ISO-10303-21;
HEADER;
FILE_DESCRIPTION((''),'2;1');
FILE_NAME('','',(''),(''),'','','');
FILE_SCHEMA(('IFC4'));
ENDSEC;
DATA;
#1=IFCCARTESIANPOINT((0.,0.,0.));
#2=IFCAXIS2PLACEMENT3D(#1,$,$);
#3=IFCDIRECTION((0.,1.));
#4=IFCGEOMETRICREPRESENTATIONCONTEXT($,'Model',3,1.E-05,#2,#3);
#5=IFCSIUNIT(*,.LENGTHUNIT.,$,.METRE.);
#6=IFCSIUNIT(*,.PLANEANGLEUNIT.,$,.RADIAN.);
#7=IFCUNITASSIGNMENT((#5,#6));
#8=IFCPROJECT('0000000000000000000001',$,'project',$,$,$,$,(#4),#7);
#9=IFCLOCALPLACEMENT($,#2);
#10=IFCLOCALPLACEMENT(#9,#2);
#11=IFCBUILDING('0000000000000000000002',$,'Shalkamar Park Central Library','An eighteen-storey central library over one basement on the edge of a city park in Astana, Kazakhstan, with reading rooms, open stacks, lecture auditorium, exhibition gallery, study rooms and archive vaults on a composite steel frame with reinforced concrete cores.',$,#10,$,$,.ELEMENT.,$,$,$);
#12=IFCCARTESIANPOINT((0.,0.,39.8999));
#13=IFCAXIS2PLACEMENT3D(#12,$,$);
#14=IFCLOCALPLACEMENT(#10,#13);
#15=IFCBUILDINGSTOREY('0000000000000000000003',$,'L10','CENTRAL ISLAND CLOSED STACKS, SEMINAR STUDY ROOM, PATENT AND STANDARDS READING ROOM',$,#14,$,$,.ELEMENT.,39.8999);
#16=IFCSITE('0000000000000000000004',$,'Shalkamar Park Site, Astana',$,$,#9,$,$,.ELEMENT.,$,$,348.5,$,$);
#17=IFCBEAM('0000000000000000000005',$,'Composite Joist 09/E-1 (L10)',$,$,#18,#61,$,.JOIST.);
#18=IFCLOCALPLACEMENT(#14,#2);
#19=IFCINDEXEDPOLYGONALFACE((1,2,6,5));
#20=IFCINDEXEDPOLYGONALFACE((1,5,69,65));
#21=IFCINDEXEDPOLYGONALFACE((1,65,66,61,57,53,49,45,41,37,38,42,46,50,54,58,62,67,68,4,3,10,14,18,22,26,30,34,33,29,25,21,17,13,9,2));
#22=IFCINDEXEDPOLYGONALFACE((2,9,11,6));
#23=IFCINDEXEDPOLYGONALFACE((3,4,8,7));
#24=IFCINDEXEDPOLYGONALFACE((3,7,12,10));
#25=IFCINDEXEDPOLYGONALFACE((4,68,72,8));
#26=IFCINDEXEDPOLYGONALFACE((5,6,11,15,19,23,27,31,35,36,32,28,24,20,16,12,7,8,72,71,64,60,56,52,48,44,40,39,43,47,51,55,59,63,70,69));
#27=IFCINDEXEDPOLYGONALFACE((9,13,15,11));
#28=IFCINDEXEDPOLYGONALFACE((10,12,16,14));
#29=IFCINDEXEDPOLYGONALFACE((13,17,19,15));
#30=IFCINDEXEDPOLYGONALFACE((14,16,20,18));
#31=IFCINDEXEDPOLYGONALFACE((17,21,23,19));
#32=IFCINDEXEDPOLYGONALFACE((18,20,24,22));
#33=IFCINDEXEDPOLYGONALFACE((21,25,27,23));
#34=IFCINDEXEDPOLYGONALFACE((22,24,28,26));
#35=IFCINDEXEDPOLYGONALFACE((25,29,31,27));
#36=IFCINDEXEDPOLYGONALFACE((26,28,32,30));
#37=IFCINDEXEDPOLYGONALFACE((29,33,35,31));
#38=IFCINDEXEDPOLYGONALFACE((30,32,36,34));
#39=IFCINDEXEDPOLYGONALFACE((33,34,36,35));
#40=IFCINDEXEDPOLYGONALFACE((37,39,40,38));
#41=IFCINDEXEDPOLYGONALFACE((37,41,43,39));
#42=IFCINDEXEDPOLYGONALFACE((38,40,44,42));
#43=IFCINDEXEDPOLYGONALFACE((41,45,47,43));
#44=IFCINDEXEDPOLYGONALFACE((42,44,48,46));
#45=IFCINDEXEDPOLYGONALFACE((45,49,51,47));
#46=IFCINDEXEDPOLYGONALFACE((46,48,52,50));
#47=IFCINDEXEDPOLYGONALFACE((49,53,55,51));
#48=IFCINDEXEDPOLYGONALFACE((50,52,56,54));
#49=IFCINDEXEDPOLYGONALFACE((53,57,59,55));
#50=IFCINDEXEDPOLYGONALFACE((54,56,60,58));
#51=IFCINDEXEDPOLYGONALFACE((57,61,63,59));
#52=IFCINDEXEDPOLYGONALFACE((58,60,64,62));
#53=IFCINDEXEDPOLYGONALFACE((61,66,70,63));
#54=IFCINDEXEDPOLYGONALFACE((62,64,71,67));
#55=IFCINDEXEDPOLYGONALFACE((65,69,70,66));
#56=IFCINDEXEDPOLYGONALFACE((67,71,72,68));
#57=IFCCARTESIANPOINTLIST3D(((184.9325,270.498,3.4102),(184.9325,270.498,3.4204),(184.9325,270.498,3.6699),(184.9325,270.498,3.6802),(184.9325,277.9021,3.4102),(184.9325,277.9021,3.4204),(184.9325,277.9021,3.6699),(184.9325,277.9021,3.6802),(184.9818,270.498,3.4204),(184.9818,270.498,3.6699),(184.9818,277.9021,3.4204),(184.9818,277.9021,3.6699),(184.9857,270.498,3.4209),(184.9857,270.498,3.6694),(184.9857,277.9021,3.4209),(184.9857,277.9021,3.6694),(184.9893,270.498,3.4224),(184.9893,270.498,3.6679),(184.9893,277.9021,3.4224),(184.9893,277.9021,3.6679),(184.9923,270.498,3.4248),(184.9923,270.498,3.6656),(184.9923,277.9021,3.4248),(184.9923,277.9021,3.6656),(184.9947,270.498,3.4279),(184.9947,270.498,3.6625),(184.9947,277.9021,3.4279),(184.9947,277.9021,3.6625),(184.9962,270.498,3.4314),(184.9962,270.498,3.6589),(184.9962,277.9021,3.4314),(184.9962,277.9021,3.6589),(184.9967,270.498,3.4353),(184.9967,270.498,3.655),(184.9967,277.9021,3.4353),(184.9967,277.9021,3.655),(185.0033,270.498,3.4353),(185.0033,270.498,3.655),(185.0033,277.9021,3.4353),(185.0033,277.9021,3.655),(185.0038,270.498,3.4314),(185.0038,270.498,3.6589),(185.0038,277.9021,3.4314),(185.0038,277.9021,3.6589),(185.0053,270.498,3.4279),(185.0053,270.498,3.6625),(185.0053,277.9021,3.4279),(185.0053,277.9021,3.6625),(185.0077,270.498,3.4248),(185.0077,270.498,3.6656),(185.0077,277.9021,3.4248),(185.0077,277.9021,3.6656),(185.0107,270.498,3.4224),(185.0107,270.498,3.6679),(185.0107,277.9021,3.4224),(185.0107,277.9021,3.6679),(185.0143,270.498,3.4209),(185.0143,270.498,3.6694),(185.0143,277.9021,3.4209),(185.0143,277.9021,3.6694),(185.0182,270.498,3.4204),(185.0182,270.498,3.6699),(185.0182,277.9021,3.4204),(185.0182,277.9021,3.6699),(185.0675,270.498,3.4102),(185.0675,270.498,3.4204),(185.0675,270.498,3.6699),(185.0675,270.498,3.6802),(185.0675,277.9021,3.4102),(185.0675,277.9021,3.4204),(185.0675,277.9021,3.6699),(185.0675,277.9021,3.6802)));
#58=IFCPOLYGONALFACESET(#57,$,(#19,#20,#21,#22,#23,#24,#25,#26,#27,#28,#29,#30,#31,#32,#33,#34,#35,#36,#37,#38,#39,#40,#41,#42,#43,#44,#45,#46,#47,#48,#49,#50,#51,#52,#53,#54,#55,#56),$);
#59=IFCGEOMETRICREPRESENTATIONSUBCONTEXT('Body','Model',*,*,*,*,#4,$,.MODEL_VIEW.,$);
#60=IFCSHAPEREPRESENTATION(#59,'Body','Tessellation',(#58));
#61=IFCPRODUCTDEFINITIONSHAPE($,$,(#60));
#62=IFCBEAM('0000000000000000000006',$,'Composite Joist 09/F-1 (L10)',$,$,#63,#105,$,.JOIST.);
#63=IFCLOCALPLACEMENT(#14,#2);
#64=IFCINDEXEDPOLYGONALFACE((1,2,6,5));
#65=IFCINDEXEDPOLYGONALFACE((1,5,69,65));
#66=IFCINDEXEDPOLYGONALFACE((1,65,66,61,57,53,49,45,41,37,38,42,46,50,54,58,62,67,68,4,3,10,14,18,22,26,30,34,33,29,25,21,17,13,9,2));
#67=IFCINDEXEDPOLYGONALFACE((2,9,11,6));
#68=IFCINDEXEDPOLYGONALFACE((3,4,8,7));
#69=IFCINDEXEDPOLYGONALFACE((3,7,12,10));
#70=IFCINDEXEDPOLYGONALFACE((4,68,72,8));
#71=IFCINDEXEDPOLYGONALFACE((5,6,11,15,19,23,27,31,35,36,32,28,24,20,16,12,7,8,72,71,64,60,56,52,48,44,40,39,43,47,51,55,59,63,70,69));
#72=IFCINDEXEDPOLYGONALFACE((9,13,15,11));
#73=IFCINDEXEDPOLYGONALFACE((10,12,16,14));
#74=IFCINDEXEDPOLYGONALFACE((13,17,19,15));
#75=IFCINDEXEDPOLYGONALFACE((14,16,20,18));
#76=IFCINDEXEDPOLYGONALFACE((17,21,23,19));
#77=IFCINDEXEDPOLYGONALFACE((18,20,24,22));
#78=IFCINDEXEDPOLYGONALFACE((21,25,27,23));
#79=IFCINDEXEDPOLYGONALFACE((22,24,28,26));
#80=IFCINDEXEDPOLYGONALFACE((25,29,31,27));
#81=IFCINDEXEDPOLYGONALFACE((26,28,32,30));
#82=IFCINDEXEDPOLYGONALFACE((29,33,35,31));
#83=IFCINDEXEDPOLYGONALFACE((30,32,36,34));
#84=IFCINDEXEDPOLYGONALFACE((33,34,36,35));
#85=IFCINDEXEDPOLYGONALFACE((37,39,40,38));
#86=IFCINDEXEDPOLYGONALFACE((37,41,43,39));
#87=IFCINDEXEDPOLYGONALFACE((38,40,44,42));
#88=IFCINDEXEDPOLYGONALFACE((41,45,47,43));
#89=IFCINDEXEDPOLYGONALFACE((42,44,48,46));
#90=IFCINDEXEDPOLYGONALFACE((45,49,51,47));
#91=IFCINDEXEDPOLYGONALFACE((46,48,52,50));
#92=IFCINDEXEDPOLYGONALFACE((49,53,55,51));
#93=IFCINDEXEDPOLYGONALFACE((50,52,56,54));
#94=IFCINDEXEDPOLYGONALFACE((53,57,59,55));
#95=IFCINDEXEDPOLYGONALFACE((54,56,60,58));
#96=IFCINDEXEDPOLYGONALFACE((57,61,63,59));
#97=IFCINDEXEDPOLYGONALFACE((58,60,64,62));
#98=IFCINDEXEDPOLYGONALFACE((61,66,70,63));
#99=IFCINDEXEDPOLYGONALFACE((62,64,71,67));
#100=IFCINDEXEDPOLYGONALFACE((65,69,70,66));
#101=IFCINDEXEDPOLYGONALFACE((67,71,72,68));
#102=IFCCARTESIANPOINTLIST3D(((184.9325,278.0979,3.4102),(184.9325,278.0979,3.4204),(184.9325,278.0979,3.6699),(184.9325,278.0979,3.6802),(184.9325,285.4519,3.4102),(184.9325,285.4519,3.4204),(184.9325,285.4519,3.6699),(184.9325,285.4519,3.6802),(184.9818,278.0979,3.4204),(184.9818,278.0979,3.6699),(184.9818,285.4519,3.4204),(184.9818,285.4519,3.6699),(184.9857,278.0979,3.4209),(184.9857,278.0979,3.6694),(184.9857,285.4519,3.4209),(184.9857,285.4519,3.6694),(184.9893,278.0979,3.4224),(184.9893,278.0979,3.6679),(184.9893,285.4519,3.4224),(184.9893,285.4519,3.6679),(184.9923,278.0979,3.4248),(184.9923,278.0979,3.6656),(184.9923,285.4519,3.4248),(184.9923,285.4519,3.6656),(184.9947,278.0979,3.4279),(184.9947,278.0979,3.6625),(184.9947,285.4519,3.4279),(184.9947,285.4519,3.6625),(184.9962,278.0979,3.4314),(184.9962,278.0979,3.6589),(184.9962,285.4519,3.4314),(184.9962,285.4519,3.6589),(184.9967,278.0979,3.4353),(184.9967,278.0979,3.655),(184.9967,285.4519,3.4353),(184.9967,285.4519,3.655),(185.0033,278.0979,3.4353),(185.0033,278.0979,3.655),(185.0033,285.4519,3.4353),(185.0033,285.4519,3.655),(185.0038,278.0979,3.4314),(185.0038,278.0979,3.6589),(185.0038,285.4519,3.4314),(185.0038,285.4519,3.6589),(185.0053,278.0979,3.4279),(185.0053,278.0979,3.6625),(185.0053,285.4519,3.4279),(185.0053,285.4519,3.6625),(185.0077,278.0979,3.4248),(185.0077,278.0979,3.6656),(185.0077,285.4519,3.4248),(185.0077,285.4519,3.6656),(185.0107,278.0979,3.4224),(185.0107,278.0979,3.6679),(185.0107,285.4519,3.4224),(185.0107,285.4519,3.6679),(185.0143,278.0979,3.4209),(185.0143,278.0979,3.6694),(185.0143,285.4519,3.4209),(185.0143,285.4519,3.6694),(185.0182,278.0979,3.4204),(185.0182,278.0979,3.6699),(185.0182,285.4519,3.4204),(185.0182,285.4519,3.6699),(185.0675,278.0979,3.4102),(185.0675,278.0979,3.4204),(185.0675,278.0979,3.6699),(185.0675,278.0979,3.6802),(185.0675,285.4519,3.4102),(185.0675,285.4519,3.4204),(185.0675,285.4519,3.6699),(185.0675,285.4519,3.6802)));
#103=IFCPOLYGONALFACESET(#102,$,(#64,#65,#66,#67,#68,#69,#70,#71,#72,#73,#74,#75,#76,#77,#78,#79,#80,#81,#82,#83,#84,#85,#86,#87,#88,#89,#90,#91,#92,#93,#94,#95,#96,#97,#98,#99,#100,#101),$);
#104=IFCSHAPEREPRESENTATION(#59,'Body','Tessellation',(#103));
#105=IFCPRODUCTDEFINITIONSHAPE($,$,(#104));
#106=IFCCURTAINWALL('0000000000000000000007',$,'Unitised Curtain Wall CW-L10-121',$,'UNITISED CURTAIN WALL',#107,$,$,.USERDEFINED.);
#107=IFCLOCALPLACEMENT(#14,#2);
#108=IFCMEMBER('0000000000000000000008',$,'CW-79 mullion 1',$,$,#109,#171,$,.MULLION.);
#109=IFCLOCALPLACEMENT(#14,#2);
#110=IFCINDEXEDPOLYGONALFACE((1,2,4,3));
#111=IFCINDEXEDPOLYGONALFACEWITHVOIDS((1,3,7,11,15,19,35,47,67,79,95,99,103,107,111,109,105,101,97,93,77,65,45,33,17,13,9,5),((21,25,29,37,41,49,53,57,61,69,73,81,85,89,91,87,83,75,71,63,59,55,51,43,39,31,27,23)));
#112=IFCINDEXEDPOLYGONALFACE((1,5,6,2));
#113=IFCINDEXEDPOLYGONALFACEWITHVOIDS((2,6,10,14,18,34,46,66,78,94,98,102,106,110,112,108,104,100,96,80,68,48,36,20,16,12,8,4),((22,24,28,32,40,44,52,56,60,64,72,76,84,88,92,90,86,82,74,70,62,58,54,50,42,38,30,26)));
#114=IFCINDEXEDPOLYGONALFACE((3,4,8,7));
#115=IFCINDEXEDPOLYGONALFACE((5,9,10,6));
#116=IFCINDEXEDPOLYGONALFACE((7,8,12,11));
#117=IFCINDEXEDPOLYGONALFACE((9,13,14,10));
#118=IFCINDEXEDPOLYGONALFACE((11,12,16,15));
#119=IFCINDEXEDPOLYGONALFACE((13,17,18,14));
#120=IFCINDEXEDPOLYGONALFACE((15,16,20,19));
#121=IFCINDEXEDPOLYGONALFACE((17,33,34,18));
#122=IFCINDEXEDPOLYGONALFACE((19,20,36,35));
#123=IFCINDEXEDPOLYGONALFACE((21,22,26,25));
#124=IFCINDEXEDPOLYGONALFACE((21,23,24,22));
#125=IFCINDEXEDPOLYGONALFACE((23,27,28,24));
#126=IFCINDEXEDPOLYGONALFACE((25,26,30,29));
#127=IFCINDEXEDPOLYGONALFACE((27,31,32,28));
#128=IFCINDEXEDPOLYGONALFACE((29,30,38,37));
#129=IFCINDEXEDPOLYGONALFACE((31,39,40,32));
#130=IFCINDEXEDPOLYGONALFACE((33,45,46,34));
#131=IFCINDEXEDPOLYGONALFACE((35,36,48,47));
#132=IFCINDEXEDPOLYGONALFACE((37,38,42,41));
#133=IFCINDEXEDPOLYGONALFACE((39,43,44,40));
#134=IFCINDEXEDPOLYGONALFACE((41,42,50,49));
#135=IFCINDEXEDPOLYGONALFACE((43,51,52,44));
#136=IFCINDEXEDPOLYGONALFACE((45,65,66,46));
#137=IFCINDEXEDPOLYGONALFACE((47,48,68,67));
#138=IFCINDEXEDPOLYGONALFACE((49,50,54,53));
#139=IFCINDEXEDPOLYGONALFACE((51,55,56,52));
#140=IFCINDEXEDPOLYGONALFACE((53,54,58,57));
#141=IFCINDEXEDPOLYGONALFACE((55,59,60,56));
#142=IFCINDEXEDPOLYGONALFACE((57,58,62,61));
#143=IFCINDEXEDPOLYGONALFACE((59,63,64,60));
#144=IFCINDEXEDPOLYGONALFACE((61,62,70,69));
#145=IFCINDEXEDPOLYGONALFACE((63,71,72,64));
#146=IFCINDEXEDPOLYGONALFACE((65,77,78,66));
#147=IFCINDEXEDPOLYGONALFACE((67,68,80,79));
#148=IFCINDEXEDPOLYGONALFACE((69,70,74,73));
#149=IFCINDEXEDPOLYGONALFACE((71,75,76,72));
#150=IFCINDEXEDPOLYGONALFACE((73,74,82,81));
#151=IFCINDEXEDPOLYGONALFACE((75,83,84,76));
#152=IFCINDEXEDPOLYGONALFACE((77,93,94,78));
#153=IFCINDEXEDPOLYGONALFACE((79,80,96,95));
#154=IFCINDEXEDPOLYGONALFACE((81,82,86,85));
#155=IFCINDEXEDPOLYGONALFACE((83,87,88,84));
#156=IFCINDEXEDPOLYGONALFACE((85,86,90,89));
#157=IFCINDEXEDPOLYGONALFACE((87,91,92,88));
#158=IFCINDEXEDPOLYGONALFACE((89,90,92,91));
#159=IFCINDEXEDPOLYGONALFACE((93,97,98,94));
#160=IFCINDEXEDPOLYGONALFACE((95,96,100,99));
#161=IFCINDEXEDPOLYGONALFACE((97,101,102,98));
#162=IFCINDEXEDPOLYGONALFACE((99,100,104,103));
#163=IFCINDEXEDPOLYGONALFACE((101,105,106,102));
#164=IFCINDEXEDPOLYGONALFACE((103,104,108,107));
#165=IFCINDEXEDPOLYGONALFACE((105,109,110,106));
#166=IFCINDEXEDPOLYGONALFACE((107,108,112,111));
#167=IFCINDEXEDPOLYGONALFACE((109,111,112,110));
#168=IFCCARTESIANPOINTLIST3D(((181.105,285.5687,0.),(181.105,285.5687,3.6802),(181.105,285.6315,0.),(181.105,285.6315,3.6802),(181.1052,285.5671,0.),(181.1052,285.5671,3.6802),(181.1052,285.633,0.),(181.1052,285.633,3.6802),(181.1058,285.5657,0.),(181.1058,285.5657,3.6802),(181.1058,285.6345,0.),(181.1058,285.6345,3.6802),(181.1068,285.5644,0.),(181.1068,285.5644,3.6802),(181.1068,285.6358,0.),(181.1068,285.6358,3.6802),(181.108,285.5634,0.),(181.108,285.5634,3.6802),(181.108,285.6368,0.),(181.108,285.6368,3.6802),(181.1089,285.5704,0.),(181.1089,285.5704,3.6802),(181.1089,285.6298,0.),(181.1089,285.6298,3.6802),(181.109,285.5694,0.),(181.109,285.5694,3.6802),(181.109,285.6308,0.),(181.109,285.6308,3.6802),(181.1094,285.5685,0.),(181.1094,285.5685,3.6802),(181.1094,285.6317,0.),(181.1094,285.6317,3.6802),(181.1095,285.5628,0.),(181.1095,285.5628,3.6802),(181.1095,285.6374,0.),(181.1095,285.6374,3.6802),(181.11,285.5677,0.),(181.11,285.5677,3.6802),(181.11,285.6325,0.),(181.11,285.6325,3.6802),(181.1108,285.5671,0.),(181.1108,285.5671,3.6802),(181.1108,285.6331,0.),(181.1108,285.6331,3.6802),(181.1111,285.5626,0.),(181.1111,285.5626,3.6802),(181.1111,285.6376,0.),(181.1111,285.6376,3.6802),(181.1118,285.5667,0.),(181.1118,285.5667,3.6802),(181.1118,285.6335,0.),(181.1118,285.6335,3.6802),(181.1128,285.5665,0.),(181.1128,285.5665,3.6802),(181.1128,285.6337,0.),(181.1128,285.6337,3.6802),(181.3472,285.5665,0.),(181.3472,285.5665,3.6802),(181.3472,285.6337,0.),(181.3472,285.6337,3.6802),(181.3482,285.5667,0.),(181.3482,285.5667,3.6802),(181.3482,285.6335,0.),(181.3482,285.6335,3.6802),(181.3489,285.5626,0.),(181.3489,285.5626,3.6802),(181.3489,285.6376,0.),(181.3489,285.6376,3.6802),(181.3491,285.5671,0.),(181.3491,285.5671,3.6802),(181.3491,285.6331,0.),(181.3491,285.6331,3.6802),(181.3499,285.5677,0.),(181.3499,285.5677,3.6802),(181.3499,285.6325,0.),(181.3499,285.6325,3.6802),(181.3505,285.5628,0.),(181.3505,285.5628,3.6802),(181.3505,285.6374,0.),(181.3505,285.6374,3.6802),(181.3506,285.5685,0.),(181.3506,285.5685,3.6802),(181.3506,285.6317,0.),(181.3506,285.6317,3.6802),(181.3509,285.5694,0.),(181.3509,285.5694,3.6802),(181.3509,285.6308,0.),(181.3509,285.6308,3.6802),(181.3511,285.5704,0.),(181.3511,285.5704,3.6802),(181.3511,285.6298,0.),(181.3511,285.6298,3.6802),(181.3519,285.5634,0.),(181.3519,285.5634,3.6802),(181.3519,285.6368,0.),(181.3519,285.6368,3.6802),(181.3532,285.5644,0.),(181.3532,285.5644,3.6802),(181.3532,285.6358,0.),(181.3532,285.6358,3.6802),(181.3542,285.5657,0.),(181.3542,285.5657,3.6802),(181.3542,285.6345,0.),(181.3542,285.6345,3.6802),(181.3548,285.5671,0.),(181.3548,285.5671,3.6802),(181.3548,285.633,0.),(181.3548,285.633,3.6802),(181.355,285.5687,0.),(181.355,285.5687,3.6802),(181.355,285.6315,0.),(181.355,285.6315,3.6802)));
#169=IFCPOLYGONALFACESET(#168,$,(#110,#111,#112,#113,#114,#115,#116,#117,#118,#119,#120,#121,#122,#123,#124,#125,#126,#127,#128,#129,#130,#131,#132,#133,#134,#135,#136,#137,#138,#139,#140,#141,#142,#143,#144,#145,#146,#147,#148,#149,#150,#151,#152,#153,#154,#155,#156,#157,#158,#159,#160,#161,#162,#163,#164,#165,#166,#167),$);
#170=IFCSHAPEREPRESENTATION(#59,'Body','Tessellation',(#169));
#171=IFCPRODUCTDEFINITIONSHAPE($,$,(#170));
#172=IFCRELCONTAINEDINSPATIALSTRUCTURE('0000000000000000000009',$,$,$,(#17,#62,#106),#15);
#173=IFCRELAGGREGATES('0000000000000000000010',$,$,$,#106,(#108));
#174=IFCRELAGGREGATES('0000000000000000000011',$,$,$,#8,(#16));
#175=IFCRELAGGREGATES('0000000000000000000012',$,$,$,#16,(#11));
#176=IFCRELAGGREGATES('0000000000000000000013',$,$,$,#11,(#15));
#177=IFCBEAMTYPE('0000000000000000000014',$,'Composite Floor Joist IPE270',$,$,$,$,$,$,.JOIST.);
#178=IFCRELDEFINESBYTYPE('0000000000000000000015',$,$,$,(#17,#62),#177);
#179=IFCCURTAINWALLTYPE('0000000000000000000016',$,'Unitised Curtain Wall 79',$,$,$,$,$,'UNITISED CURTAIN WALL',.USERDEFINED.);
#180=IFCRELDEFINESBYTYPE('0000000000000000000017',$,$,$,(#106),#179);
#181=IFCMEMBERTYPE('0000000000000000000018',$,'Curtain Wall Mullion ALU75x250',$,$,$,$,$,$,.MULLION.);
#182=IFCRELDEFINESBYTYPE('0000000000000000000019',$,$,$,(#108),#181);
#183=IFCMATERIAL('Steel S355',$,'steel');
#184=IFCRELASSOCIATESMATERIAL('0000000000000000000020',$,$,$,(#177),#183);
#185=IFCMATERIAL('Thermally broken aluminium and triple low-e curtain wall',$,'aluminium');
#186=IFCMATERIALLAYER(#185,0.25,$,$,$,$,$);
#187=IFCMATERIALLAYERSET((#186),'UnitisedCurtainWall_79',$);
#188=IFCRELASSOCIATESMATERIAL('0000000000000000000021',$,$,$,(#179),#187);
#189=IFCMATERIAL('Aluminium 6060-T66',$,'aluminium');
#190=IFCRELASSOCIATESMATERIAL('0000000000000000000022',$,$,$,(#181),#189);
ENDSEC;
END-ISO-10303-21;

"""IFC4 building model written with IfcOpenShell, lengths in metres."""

from ifc_helpers import new_model, si_unit, direction, frame, origin, origin_2d, place, context, subcontext, project, spatial, hollow_rectangle, i_section, extrude, material, layer, layer_set, material_profile, profile_set, type_object, element, aggregate, save


model = new_model("IFC4")

# Units and contexts
model_context = context("Model", 3, precision=1e-05, world=origin(), true_north=direction((0.0, 1.0)))
body_context = subcontext(model_context, "Body", "Model", "MODEL_VIEW")
ifc_project = project(units=[si_unit("LENGTHUNIT", "METRE"), si_unit("PLANEANGLEUNIT", "RADIAN")], contexts=[model_context])

# Site, building, storey
site_placement = place(None, origin())
site = spatial("IfcSite", under=ifc_project, at=site_placement, Name="Shalkamar Park Site, Astana", CompositionType="ELEMENT", RefElevation=348.5)
building_placement = place(site_placement, origin())
building = spatial("IfcBuilding", under=site, at=building_placement, Name="Shalkamar Park Central Library", Description="An eighteen-storey central library over one basement on the edge of a city park in Astana, Kazakhstan, with reading rooms, open stacks, lecture auditorium, exhibition gallery, study rooms and archive vaults on a composite steel frame with reinforced concrete cores.", CompositionType="ELEMENT")
storey_placement = place(building_placement, frame((0.0, 0.0, 39.8999)))
storey = spatial("IfcBuildingStorey", under=building, at=storey_placement, Name="L10", Description="CENTRAL ISLAND CLOSED STACKS, SEMINAR STUDY ROOM, PATENT AND STANDARDS READING ROOM", CompositionType="ELEMENT", Elevation=39.8999)

# Shared definitions
ifc_material_1 = material(Name="Steel S355", Category="steel")

# Beams
ifc_material_profile_1 = material_profile(ifc_material_1, i_section(OverallWidth=0.135, OverallDepth=0.27, WebThickness=0.0066, FlangeThickness=0.0103, FilletRadius=0.0149, at=origin_2d()), Name="IPE 270")
ifc_profile_set_1 = profile_set([ifc_material_profile_1], Name="Steel S355")
beam_type_1 = type_object("IfcBeamType", Name="Composite Floor Joist IPE270", PredefinedType="JOIST", material=ifc_profile_set_1)
beam_1_placement = place(storey_placement, frame((185.0, 270.498, 3.5452), z_axis=(0.0, 1.0, 0.0), x_axis=(-1.0, 0.0, 0.0)))
element("IfcBeam", 1, at=beam_1_placement, inside=storey, type_object=beam_type_1, Name="Composite Joist 09/E-1 (L10)", PredefinedType="JOIST", context=body_context, shape_type="SweptSolid", body=[
    extrude(i_section(OverallWidth=0.135, OverallDepth=0.27, WebThickness=0.0066, FlangeThickness=0.0103, FilletRadius=0.0149, at=origin_2d()), origin(), (0.0, 0.0, 1.0), 7.4041),
])
beam_2_placement = place(storey_placement, frame((185.0, 278.0979, 3.5452), z_axis=(0.0, 1.0, 0.0), x_axis=(-1.0, 0.0, 0.0)))
element("IfcBeam", 2, at=beam_2_placement, inside=storey, type_object=beam_type_1, Name="Composite Joist 09/F-1 (L10)", PredefinedType="JOIST", context=body_context, shape_type="SweptSolid", body=[
    extrude(i_section(OverallWidth=0.135, OverallDepth=0.27, WebThickness=0.0066, FlangeThickness=0.0103, FilletRadius=0.0149, at=origin_2d()), origin(), (0.0, 0.0, 1.0), 7.354),
])

# Curtain wall, member
ifc_material_2 = material(Name="Thermally broken aluminium and triple low-e curtain wall", Category="aluminium")
ifc_layer_1 = layer(ifc_material_2, 0.25)
ifc_layer_set_1 = layer_set([ifc_layer_1], Name="UnitisedCurtainWall_79")
curtain_wall_type_1 = type_object("IfcCurtainWallType", Name="Unitised Curtain Wall 79", ElementType="UNITISED CURTAIN WALL", PredefinedType="USERDEFINED", material=ifc_layer_set_1)
curtain_wall_1_placement = place(storey_placement, origin())
curtain_wall_1 = element("IfcCurtainWall", 3, at=curtain_wall_1_placement, inside=storey, type_object=curtain_wall_type_1, Name="Unitised Curtain Wall CW-L10-121", ObjectType="UNITISED CURTAIN WALL", PredefinedType="USERDEFINED")
ifc_material_3 = material(Name="Aluminium 6060-T66", Category="aluminium")
ifc_material_profile_2 = material_profile(ifc_material_3, hollow_rectangle(XDim=0.075, YDim=0.25, WallThickness=0.0039, InnerFilletRadius=0.0039, OuterFilletRadius=0.0061, at=origin_2d()), Name="ALU 75x250x4")
ifc_profile_set_2 = profile_set([ifc_material_profile_2], Name="Aluminium 6060-T66")
member_type_1 = type_object("IfcMemberType", Name="Curtain Wall Mullion ALU75x250", PredefinedType="MULLION", material=ifc_profile_set_2)
member_1_placement = place(storey_placement, frame((181.23, 285.6001, 0.0), z_axis=(0.0, 0.0, 1.0), x_axis=(0.0, 1.0, 0.0)))
member_1 = element("IfcMember", 4, at=member_1_placement, type_object=member_type_1, Name="CW-79 mullion 1", PredefinedType="MULLION", context=body_context, shape_type="SweptSolid", body=[
    extrude(hollow_rectangle(XDim=0.075, YDim=0.25, WallThickness=0.0039, InnerFilletRadius=0.0039, OuterFilletRadius=0.0061, at=origin_2d()), origin(), (0.0, 0.0, 1.0), 3.6802),
])
aggregate(curtain_wall_1, [member_1])

save(model, "model.ifc")
